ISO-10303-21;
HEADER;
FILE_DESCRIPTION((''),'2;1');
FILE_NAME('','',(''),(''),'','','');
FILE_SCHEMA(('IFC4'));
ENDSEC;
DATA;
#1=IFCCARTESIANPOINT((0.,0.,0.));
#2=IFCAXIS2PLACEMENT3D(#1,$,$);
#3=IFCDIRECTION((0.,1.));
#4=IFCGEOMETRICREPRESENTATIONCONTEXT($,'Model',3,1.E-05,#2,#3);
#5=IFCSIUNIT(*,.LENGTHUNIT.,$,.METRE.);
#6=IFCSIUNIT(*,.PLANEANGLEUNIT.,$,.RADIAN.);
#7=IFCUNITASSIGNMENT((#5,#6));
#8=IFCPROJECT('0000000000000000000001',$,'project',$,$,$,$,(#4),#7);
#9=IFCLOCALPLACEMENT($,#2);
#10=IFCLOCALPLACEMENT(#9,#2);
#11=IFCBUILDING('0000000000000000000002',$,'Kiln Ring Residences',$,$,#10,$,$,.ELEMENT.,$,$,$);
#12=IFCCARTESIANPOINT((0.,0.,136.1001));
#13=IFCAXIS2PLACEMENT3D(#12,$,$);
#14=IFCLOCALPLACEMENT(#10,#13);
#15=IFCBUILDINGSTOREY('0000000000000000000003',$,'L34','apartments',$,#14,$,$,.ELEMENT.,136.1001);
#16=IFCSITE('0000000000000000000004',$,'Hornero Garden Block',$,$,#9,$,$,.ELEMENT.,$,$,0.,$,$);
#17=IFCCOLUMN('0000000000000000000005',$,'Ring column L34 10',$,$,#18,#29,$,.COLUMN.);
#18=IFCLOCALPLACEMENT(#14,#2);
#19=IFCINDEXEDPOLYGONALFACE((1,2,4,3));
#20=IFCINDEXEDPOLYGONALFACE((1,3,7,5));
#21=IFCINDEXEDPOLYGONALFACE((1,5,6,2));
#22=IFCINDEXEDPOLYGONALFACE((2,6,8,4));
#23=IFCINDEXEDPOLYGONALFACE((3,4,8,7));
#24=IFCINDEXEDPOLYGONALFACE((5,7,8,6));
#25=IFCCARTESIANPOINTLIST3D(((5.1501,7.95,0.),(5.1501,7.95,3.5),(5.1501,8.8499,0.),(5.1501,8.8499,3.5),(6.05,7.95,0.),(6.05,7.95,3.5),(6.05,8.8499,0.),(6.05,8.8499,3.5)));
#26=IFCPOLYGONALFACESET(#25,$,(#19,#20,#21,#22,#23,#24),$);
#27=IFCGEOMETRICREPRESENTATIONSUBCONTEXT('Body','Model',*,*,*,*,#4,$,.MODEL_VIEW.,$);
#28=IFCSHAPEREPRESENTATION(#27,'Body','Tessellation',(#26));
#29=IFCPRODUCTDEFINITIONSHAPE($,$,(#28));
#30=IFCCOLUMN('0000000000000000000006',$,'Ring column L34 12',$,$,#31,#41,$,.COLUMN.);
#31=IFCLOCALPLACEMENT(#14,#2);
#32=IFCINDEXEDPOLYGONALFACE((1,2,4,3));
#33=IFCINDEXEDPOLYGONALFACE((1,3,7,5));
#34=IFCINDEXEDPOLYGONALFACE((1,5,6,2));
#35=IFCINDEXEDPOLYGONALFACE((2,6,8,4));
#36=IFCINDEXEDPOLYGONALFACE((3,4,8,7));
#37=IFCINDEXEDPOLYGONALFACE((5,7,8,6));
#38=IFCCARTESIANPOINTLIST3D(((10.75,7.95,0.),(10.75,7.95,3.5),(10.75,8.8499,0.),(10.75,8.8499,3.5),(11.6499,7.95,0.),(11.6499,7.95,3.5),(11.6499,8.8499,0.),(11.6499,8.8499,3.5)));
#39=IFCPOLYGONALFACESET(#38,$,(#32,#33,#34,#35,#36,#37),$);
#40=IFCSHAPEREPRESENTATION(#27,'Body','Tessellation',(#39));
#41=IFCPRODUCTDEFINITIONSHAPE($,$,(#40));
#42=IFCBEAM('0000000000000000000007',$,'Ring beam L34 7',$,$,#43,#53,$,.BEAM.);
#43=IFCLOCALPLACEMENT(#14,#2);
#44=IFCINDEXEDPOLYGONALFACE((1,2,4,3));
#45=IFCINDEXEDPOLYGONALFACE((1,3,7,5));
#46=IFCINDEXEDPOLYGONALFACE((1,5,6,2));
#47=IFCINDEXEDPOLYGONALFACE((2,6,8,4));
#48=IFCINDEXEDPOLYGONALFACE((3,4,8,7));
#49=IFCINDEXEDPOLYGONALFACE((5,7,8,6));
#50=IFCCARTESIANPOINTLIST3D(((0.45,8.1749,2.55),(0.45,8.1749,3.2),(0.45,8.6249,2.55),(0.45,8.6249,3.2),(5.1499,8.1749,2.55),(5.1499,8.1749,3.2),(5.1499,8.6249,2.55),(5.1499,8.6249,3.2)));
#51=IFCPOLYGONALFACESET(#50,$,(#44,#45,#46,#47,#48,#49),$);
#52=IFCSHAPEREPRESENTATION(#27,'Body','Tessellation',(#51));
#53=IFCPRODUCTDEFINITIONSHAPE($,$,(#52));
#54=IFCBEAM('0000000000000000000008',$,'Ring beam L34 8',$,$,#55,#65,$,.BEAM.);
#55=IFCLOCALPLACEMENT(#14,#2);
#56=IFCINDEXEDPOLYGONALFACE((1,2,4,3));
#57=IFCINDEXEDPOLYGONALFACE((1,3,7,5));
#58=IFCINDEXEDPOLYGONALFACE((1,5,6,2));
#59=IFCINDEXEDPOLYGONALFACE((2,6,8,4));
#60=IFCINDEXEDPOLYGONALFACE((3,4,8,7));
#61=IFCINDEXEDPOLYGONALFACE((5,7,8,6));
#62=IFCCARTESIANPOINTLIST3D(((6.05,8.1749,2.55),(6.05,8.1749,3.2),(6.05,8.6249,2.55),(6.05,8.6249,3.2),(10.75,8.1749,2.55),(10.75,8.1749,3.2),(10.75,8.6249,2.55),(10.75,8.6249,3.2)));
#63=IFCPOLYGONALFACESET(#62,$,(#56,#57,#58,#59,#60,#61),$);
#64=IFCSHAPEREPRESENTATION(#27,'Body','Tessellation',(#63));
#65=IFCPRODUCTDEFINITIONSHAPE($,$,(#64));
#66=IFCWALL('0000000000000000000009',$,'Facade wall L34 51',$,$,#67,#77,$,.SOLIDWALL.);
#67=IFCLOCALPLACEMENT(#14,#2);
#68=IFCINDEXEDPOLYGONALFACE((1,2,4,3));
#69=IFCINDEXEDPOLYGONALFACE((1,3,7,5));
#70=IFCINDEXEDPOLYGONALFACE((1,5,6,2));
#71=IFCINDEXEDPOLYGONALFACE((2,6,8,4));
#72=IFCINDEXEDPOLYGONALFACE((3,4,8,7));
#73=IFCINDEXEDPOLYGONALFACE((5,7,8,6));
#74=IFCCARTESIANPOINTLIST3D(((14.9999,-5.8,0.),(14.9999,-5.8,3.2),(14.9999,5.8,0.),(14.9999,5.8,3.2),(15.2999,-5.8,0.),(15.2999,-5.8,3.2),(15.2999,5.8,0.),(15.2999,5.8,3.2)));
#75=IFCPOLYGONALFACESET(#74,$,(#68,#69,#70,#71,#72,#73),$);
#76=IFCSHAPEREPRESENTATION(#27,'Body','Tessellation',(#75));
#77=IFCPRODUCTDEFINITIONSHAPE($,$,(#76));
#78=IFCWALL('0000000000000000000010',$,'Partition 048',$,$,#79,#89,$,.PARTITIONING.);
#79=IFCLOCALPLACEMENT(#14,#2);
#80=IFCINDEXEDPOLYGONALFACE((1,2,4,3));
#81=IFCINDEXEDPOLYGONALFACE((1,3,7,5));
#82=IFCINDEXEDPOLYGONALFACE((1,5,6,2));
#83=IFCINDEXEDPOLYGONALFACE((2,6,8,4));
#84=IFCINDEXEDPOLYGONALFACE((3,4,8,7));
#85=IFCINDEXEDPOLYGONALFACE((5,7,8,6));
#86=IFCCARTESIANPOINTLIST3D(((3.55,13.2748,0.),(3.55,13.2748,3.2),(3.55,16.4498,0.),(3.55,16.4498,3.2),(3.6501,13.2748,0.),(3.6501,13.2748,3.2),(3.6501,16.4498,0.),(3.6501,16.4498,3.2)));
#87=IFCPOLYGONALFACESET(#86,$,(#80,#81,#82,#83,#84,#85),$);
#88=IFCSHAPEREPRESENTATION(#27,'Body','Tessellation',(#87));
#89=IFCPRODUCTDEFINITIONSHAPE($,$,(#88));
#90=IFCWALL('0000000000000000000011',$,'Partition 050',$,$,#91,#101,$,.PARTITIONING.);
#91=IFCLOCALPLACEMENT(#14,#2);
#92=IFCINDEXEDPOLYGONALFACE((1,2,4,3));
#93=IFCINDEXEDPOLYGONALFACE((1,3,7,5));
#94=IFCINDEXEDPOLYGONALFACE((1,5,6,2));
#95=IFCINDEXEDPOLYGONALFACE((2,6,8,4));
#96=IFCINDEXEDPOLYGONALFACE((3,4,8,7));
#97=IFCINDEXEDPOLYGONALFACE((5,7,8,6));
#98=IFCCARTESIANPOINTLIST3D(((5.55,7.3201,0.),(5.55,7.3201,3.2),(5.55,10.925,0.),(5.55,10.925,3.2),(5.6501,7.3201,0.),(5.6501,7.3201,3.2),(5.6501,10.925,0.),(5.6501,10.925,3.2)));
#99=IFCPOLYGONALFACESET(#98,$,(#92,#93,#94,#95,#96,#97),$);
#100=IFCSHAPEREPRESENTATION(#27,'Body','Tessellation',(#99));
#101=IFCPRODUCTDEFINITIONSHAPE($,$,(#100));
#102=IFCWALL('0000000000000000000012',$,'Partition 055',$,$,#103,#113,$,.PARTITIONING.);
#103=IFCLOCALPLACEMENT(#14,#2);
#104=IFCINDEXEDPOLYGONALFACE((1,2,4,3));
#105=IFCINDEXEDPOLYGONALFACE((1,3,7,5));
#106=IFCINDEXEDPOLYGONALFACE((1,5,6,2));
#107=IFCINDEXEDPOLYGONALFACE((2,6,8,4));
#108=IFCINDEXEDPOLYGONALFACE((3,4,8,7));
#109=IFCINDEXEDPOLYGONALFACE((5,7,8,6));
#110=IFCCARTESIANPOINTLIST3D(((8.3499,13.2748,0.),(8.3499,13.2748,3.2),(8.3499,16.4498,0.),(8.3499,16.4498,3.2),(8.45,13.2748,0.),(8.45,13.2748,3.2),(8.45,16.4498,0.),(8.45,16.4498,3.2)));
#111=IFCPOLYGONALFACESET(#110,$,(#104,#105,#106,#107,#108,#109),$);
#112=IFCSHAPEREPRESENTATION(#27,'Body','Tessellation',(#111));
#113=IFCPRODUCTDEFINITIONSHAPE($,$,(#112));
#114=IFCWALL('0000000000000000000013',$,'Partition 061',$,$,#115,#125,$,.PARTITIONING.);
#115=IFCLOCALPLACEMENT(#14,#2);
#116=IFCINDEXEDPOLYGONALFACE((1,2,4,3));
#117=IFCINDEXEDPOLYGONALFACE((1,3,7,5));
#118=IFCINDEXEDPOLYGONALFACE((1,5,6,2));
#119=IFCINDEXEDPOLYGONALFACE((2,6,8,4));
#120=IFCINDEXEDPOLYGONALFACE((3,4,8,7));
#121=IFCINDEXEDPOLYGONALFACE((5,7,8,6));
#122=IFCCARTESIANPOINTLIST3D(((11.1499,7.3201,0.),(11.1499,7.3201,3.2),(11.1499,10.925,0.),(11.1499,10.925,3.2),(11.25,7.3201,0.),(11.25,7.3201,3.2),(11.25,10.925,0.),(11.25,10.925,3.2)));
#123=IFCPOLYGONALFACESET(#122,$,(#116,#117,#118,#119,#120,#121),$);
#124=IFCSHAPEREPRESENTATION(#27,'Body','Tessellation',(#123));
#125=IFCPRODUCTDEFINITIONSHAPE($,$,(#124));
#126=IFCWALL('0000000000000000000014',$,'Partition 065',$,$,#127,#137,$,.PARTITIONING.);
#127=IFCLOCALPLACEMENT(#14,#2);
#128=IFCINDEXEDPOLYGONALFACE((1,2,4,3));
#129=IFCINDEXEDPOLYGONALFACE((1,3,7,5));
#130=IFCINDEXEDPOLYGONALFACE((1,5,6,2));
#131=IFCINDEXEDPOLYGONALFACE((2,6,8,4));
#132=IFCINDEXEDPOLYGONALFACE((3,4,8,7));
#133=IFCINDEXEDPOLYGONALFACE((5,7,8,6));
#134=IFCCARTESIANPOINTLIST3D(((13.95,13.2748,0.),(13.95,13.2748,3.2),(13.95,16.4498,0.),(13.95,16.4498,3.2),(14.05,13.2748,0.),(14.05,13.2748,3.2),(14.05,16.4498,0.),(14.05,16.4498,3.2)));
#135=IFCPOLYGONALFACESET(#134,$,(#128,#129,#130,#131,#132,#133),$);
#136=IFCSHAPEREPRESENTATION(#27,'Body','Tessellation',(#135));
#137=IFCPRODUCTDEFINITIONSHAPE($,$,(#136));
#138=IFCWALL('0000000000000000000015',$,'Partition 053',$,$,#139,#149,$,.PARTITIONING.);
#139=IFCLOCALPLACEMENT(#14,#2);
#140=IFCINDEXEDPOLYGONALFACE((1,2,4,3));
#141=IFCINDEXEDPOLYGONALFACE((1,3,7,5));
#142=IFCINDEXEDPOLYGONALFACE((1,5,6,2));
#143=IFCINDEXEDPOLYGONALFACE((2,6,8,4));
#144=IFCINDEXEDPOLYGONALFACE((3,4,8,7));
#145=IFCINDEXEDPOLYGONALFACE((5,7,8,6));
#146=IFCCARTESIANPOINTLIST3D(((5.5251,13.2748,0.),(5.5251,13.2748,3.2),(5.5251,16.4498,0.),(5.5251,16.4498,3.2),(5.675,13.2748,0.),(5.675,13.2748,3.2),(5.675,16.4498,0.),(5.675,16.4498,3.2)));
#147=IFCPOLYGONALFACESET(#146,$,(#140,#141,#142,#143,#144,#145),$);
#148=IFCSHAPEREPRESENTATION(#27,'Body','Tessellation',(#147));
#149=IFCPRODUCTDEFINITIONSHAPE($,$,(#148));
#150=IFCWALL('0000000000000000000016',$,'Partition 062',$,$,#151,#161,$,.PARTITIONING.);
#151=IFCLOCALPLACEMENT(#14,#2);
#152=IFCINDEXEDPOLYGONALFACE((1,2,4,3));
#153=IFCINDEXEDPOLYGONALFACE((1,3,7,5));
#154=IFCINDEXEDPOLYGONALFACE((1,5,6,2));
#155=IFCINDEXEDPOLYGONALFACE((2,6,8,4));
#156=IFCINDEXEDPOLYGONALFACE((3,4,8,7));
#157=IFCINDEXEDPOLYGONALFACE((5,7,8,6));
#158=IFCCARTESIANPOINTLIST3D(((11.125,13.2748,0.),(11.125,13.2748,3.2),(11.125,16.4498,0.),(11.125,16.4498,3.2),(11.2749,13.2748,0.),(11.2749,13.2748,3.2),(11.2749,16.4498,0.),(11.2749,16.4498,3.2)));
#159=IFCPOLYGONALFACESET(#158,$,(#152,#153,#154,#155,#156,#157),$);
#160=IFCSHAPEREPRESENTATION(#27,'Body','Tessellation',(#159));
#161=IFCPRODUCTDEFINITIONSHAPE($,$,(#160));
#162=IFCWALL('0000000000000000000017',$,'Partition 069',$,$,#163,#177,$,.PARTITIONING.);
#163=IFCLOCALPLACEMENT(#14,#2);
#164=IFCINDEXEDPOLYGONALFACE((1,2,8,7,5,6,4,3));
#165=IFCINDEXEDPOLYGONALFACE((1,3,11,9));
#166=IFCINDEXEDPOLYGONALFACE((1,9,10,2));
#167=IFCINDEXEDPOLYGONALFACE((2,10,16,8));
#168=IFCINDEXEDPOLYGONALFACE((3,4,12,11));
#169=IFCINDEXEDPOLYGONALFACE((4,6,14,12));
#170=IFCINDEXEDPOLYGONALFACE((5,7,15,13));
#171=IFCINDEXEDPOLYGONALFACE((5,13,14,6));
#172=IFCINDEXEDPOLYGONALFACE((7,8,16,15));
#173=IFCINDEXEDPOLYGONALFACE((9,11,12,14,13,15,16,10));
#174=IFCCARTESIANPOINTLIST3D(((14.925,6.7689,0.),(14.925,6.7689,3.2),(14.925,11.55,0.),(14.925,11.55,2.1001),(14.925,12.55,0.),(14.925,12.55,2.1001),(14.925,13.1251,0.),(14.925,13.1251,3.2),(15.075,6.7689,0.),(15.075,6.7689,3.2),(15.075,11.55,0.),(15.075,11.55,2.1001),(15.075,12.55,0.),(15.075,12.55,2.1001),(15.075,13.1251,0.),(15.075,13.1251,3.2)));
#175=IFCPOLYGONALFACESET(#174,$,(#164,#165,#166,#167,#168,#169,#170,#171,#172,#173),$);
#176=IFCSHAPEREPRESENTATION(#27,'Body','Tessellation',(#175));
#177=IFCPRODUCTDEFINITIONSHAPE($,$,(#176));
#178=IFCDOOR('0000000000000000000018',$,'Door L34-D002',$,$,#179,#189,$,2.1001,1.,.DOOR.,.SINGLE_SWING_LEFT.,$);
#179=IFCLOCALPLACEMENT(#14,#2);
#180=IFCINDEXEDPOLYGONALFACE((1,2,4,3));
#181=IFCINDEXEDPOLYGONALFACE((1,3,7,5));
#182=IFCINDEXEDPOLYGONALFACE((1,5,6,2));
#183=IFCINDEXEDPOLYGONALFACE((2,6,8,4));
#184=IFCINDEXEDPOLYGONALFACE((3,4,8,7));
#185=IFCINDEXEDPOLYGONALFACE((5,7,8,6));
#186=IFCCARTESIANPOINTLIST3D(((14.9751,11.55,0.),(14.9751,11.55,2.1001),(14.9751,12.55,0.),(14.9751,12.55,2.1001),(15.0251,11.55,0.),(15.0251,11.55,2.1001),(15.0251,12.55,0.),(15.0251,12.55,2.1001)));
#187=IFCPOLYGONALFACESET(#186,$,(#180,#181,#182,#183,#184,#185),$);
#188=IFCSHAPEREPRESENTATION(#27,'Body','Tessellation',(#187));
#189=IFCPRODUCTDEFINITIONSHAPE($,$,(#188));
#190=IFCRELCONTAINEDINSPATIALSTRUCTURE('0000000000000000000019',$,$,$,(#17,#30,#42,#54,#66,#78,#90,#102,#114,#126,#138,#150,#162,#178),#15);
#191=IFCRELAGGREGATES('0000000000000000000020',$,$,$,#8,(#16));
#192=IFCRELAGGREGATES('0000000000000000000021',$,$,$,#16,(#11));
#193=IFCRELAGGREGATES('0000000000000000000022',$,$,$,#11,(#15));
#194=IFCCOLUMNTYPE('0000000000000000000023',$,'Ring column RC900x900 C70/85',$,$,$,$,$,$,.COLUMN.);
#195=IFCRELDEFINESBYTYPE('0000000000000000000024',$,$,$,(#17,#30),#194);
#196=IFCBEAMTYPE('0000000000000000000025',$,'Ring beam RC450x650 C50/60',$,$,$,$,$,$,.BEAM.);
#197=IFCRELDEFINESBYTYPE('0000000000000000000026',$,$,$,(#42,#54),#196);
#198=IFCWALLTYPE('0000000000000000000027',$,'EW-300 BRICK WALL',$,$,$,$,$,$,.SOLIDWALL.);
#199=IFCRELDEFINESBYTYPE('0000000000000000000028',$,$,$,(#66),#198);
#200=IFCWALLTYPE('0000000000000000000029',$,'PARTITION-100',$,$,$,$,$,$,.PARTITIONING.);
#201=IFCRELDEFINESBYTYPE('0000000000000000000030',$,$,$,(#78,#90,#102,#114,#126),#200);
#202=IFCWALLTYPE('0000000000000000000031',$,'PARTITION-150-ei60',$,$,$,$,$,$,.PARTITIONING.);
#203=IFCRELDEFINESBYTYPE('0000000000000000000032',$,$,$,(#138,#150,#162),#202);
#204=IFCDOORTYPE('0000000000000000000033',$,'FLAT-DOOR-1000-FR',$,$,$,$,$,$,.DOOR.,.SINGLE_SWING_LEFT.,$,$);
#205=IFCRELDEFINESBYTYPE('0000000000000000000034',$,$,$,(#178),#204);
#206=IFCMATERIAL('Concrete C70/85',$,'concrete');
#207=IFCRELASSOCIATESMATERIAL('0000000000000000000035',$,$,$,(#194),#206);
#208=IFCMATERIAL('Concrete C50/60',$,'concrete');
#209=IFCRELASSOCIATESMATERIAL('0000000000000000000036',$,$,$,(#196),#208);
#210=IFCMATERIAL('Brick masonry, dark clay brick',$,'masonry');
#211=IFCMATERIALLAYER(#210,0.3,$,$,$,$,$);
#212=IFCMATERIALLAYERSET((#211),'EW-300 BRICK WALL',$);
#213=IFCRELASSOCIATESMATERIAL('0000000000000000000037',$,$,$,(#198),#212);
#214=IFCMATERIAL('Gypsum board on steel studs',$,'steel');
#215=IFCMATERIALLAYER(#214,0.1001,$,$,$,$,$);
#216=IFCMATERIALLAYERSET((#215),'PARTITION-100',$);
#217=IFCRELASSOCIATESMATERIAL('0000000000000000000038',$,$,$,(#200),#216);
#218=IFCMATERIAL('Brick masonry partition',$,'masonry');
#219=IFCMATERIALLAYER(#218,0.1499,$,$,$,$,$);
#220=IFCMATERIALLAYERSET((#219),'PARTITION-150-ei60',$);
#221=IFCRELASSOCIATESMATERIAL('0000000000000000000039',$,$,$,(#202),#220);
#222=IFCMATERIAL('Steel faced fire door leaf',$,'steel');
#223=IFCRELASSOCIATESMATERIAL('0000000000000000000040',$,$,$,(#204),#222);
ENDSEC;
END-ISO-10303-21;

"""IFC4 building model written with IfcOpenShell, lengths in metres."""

from ifc_helpers import new_model, si_unit, direction, frame, frame_2d, origin, origin_2d, place, context, subcontext, project, spatial, rectangle, extrude, material, layer, layer_set, material_profile, profile_set, type_object, element, fill, save


model = new_model("IFC4")

# Units and contexts
model_context = context("Model", 3, precision=1e-05, world=origin(), true_north=direction((0.0, 1.0)))
body_context = subcontext(model_context, "Body", "Model", "MODEL_VIEW")
ifc_project = project(units=[si_unit("LENGTHUNIT", "METRE"), si_unit("PLANEANGLEUNIT", "RADIAN")], contexts=[model_context])

# Site, building, storey
site_placement = place(None, origin())
site = spatial("IfcSite", under=ifc_project, at=site_placement, Name="Hornero Garden Block", CompositionType="ELEMENT", RefElevation=0.0)
building_placement = place(site_placement, origin())
building = spatial("IfcBuilding", under=site, at=building_placement, Name="Kiln Ring Residences", CompositionType="ELEMENT")
storey_placement = place(building_placement, frame((0.0, 0.0, 136.1001)))
storey = spatial("IfcBuildingStorey", under=building, at=storey_placement, Name="L34", Description="apartments", CompositionType="ELEMENT", Elevation=136.1001)

# Columns
ifc_material_1 = material(Name="Concrete C70/85", Category="concrete")
ifc_material_profile_1 = material_profile(ifc_material_1, rectangle(XDim=0.8999, YDim=0.8999, at=origin_2d()), Name="RC900x900")
ifc_profile_set_1 = profile_set([ifc_material_profile_1], Name="Concrete C70/85")
column_type = type_object("IfcColumnType", Name="Ring column RC900x900 C70/85", PredefinedType="COLUMN", material=ifc_profile_set_1)
for number, where, z_axis, x_axis, name in (
    (1, (5.6001, 8.3999, 0.0), (0.0, 0.0, 1.0), (1.0, 0.0, 0.0), "Ring column L34 10"),
    (2, (11.2, 8.3999, 0.0), (0.0, 0.0, 1.0), (1.0, 0.0, 0.0), "Ring column L34 12"),
):
    element("IfcColumn", number, at=place(storey_placement, frame(where, z_axis=z_axis, x_axis=x_axis)), inside=storey, type_object=column_type, Name=name, PredefinedType="COLUMN", context=body_context, shape_type="SweptSolid", body=[
        extrude(rectangle(XDim=0.8999, YDim=0.8999, at=origin_2d()), origin(), (0.0, 0.0, 1.0), 3.5),
    ])

# Beams
ifc_material_2 = material(Name="Concrete C50/60", Category="concrete")
ifc_material_profile_2 = material_profile(ifc_material_2, rectangle(XDim=0.45, YDim=0.6499, at=origin_2d()), Name="RC450x650")
ifc_profile_set_2 = profile_set([ifc_material_profile_2], Name="Concrete C50/60")
beam_type = type_object("IfcBeamType", Name="Ring beam RC450x650 C50/60", PredefinedType="BEAM", material=ifc_profile_set_2)
for number, where, z_axis, x_axis, name in (
    (3, (0.45, 8.3999, 2.875), (1.0, 0.0, 0.0), (0.0, 1.0, 0.0), "Ring beam L34 7"),
    (4, (6.05, 8.3999, 2.875), (1.0, 0.0, 0.0), (0.0, 1.0, 0.0), "Ring beam L34 8"),
):
    element("IfcBeam", number, at=place(storey_placement, frame(where, z_axis=z_axis, x_axis=x_axis)), inside=storey, type_object=beam_type, Name=name, PredefinedType="BEAM", context=body_context, shape_type="SweptSolid", body=[
        extrude(rectangle(XDim=0.45, YDim=0.6499, at=origin_2d()), origin(), (0.0, 0.0, 1.0), 4.7),
    ])

# Walls
ifc_material_3 = material(Name="Brick masonry, dark clay brick", Category="masonry")
ifc_layer_1 = layer(ifc_material_3, 0.3)
ifc_layer_set_1 = layer_set([ifc_layer_1], Name="EW-300 BRICK WALL")
wall_type_1 = type_object("IfcWallType", Name="EW-300 BRICK WALL", PredefinedType="SOLIDWALL", material=ifc_layer_set_1)
wall_1_placement = place(storey_placement, frame((15.1499, 5.8, 0.0), z_axis=(0.0, 0.0, 1.0), x_axis=(0.0, -1.0, 0.0)))
element("IfcWall", 5, at=wall_1_placement, inside=storey, type_object=wall_type_1, Name="Facade wall L34 51", PredefinedType="SOLIDWALL", context=body_context, shape_type="SweptSolid", body=[
    extrude(rectangle(XDim=11.6001, YDim=0.3, at=frame_2d((5.8, 0.0))), origin(), (0.0, 0.0, 1.0), 3.2),
])
ifc_material_4 = material(Name="Gypsum board on steel studs", Category="steel")
ifc_layer_2 = layer(ifc_material_4, 0.1001)
ifc_layer_set_2 = layer_set([ifc_layer_2], Name="PARTITION-100")
wall_type_2 = type_object("IfcWallType", Name="PARTITION-100", PredefinedType="PARTITIONING", material=ifc_layer_set_2)
wall_2_placement = place(storey_placement, frame((3.6001, 13.2749, 0.0), z_axis=(0.0, 0.0, 1.0), x_axis=(0.0, 1.0, 0.0)))
element("IfcWall", 6, at=wall_2_placement, inside=storey, type_object=wall_type_2, Name="Partition 048", PredefinedType="PARTITIONING", context=body_context, shape_type="SweptSolid", body=[
    extrude(rectangle(XDim=3.175, YDim=0.1001, at=frame_2d((1.5874, 0.0))), origin(), (0.0, 0.0, 1.0), 3.2),
])
wall_3_placement = place(storey_placement, frame((5.6001, 7.3201, 0.0), z_axis=(0.0, 0.0, 1.0), x_axis=(0.0, 1.0, 0.0)))
element("IfcWall", 7, at=wall_3_placement, inside=storey, type_object=wall_type_2, Name="Partition 050", PredefinedType="PARTITIONING", context=body_context, shape_type="SweptSolid", body=[
    extrude(rectangle(XDim=3.605, YDim=0.1001, at=frame_2d((1.8025, 0.0))), origin(), (0.0, 0.0, 1.0), 3.2),
])
wall_4_placement = place(storey_placement, frame((8.3999, 13.2749, 0.0), z_axis=(0.0, 0.0, 1.0), x_axis=(0.0, 1.0, 0.0)))
element("IfcWall", 8, at=wall_4_placement, inside=storey, type_object=wall_type_2, Name="Partition 055", PredefinedType="PARTITIONING", context=body_context, shape_type="SweptSolid", body=[
    extrude(rectangle(XDim=3.175, YDim=0.1001, at=frame_2d((1.5874, 0.0))), origin(), (0.0, 0.0, 1.0), 3.2),
])
wall_5_placement = place(storey_placement, frame((11.2, 7.3201, 0.0), z_axis=(0.0, 0.0, 1.0), x_axis=(0.0, 1.0, 0.0)))
element("IfcWall", 9, at=wall_5_placement, inside=storey, type_object=wall_type_2, Name="Partition 061", PredefinedType="PARTITIONING", context=body_context, shape_type="SweptSolid", body=[
    extrude(rectangle(XDim=3.605, YDim=0.1001, at=frame_2d((1.8025, 0.0))), origin(), (0.0, 0.0, 1.0), 3.2),
])
wall_6_placement = place(storey_placement, frame((14.0, 13.2749, 0.0), z_axis=(0.0, 0.0, 1.0), x_axis=(0.0, 1.0, 0.0)))
element("IfcWall", 10, at=wall_6_placement, inside=storey, type_object=wall_type_2, Name="Partition 065", PredefinedType="PARTITIONING", context=body_context, shape_type="SweptSolid", body=[
    extrude(rectangle(XDim=3.175, YDim=0.1001, at=frame_2d((1.5874, 0.0))), origin(), (0.0, 0.0, 1.0), 3.2),
])
ifc_material_5 = material(Name="Brick masonry partition", Category="masonry")
ifc_layer_3 = layer(ifc_material_5, 0.1499)
ifc_layer_set_3 = layer_set([ifc_layer_3], Name="PARTITION-150-ei60")
wall_type_3 = type_object("IfcWallType", Name="PARTITION-150-ei60", PredefinedType="PARTITIONING", material=ifc_layer_set_3)
for number, where, z_axis, x_axis, name in (
    (11, (5.6001, 13.2749, 0.0), (0.0, 0.0, 1.0), (0.0, 1.0, 0.0), "Partition 053"),
    (12, (11.2, 13.2749, 0.0), (0.0, 0.0, 1.0), (0.0, 1.0, 0.0), "Partition 062"),
):
    element("IfcWall", number, at=place(storey_placement, frame(where, z_axis=z_axis, x_axis=x_axis)), inside=storey, type_object=wall_type_3, Name=name, PredefinedType="PARTITIONING", context=body_context, shape_type="SweptSolid", body=[
        extrude(rectangle(XDim=3.175, YDim=0.1499, at=frame_2d((1.5874, 0.0))), origin(), (0.0, 0.0, 1.0), 3.2),
    ])

# Wall, opening, door
wall_7_placement = place(storey_placement, frame((15.0, 6.7688, 0.0), z_axis=(0.0, 0.0, 1.0), x_axis=(0.0, 1.0, 0.0)))
wall_7 = element("IfcWall", 13, at=wall_7_placement, inside=storey, type_object=wall_type_3, Name="Partition 069", PredefinedType="PARTITIONING", context=body_context, shape_type="SweptSolid", body=[
    extrude(rectangle(XDim=6.3562, YDim=0.1499, at=frame_2d((3.1782, 0.0))), origin(), (0.0, 0.0, 1.0), 3.2),
])
opening_placement = place(wall_7_placement, frame((4.7812, 0.0, 0.0)))
opening = element("IfcOpeningElement", 14, at=opening_placement, cuts=wall_7, PredefinedType="OPENING", context=body_context, shape_type="SweptSolid", body=[
    extrude(rectangle(XDim=1.0, YDim=2.1001, at=frame_2d((0.5, 1.05))), frame((0.0, 0.085, 0.0), z_axis=(0.0, -1.0, 0.0), x_axis=(1.0, 0.0, 0.0)), (0.0, 0.0, 1.0), 0.1699),
])
ifc_material_6 = material(Name="Steel faced fire door leaf", Category="steel")
door_type = type_object("IfcDoorType", Name="FLAT-DOOR-1000-FR", OperationType="SINGLE_SWING_LEFT", PredefinedType="DOOR", material=ifc_material_6)
door_placement = place(opening_placement, origin())
door = element("IfcDoor", 15, at=door_placement, inside=storey, type_object=door_type, Name="Door L34-D002", OperationType="SINGLE_SWING_LEFT", OverallHeight=2.1001, OverallWidth=1.0, PredefinedType="DOOR", context=body_context, shape_type="SweptSolid", body=[
    extrude(rectangle(XDim=1.0, YDim=2.1001, at=frame_2d((0.5, 1.05))), frame((0.0, 0.0249, 0.0), z_axis=(0.0, -1.0, 0.0), x_axis=(1.0, 0.0, 0.0)), (0.0, 0.0, 1.0), 0.05),
])
fill(opening, door)

save(model, "model.ifc")
